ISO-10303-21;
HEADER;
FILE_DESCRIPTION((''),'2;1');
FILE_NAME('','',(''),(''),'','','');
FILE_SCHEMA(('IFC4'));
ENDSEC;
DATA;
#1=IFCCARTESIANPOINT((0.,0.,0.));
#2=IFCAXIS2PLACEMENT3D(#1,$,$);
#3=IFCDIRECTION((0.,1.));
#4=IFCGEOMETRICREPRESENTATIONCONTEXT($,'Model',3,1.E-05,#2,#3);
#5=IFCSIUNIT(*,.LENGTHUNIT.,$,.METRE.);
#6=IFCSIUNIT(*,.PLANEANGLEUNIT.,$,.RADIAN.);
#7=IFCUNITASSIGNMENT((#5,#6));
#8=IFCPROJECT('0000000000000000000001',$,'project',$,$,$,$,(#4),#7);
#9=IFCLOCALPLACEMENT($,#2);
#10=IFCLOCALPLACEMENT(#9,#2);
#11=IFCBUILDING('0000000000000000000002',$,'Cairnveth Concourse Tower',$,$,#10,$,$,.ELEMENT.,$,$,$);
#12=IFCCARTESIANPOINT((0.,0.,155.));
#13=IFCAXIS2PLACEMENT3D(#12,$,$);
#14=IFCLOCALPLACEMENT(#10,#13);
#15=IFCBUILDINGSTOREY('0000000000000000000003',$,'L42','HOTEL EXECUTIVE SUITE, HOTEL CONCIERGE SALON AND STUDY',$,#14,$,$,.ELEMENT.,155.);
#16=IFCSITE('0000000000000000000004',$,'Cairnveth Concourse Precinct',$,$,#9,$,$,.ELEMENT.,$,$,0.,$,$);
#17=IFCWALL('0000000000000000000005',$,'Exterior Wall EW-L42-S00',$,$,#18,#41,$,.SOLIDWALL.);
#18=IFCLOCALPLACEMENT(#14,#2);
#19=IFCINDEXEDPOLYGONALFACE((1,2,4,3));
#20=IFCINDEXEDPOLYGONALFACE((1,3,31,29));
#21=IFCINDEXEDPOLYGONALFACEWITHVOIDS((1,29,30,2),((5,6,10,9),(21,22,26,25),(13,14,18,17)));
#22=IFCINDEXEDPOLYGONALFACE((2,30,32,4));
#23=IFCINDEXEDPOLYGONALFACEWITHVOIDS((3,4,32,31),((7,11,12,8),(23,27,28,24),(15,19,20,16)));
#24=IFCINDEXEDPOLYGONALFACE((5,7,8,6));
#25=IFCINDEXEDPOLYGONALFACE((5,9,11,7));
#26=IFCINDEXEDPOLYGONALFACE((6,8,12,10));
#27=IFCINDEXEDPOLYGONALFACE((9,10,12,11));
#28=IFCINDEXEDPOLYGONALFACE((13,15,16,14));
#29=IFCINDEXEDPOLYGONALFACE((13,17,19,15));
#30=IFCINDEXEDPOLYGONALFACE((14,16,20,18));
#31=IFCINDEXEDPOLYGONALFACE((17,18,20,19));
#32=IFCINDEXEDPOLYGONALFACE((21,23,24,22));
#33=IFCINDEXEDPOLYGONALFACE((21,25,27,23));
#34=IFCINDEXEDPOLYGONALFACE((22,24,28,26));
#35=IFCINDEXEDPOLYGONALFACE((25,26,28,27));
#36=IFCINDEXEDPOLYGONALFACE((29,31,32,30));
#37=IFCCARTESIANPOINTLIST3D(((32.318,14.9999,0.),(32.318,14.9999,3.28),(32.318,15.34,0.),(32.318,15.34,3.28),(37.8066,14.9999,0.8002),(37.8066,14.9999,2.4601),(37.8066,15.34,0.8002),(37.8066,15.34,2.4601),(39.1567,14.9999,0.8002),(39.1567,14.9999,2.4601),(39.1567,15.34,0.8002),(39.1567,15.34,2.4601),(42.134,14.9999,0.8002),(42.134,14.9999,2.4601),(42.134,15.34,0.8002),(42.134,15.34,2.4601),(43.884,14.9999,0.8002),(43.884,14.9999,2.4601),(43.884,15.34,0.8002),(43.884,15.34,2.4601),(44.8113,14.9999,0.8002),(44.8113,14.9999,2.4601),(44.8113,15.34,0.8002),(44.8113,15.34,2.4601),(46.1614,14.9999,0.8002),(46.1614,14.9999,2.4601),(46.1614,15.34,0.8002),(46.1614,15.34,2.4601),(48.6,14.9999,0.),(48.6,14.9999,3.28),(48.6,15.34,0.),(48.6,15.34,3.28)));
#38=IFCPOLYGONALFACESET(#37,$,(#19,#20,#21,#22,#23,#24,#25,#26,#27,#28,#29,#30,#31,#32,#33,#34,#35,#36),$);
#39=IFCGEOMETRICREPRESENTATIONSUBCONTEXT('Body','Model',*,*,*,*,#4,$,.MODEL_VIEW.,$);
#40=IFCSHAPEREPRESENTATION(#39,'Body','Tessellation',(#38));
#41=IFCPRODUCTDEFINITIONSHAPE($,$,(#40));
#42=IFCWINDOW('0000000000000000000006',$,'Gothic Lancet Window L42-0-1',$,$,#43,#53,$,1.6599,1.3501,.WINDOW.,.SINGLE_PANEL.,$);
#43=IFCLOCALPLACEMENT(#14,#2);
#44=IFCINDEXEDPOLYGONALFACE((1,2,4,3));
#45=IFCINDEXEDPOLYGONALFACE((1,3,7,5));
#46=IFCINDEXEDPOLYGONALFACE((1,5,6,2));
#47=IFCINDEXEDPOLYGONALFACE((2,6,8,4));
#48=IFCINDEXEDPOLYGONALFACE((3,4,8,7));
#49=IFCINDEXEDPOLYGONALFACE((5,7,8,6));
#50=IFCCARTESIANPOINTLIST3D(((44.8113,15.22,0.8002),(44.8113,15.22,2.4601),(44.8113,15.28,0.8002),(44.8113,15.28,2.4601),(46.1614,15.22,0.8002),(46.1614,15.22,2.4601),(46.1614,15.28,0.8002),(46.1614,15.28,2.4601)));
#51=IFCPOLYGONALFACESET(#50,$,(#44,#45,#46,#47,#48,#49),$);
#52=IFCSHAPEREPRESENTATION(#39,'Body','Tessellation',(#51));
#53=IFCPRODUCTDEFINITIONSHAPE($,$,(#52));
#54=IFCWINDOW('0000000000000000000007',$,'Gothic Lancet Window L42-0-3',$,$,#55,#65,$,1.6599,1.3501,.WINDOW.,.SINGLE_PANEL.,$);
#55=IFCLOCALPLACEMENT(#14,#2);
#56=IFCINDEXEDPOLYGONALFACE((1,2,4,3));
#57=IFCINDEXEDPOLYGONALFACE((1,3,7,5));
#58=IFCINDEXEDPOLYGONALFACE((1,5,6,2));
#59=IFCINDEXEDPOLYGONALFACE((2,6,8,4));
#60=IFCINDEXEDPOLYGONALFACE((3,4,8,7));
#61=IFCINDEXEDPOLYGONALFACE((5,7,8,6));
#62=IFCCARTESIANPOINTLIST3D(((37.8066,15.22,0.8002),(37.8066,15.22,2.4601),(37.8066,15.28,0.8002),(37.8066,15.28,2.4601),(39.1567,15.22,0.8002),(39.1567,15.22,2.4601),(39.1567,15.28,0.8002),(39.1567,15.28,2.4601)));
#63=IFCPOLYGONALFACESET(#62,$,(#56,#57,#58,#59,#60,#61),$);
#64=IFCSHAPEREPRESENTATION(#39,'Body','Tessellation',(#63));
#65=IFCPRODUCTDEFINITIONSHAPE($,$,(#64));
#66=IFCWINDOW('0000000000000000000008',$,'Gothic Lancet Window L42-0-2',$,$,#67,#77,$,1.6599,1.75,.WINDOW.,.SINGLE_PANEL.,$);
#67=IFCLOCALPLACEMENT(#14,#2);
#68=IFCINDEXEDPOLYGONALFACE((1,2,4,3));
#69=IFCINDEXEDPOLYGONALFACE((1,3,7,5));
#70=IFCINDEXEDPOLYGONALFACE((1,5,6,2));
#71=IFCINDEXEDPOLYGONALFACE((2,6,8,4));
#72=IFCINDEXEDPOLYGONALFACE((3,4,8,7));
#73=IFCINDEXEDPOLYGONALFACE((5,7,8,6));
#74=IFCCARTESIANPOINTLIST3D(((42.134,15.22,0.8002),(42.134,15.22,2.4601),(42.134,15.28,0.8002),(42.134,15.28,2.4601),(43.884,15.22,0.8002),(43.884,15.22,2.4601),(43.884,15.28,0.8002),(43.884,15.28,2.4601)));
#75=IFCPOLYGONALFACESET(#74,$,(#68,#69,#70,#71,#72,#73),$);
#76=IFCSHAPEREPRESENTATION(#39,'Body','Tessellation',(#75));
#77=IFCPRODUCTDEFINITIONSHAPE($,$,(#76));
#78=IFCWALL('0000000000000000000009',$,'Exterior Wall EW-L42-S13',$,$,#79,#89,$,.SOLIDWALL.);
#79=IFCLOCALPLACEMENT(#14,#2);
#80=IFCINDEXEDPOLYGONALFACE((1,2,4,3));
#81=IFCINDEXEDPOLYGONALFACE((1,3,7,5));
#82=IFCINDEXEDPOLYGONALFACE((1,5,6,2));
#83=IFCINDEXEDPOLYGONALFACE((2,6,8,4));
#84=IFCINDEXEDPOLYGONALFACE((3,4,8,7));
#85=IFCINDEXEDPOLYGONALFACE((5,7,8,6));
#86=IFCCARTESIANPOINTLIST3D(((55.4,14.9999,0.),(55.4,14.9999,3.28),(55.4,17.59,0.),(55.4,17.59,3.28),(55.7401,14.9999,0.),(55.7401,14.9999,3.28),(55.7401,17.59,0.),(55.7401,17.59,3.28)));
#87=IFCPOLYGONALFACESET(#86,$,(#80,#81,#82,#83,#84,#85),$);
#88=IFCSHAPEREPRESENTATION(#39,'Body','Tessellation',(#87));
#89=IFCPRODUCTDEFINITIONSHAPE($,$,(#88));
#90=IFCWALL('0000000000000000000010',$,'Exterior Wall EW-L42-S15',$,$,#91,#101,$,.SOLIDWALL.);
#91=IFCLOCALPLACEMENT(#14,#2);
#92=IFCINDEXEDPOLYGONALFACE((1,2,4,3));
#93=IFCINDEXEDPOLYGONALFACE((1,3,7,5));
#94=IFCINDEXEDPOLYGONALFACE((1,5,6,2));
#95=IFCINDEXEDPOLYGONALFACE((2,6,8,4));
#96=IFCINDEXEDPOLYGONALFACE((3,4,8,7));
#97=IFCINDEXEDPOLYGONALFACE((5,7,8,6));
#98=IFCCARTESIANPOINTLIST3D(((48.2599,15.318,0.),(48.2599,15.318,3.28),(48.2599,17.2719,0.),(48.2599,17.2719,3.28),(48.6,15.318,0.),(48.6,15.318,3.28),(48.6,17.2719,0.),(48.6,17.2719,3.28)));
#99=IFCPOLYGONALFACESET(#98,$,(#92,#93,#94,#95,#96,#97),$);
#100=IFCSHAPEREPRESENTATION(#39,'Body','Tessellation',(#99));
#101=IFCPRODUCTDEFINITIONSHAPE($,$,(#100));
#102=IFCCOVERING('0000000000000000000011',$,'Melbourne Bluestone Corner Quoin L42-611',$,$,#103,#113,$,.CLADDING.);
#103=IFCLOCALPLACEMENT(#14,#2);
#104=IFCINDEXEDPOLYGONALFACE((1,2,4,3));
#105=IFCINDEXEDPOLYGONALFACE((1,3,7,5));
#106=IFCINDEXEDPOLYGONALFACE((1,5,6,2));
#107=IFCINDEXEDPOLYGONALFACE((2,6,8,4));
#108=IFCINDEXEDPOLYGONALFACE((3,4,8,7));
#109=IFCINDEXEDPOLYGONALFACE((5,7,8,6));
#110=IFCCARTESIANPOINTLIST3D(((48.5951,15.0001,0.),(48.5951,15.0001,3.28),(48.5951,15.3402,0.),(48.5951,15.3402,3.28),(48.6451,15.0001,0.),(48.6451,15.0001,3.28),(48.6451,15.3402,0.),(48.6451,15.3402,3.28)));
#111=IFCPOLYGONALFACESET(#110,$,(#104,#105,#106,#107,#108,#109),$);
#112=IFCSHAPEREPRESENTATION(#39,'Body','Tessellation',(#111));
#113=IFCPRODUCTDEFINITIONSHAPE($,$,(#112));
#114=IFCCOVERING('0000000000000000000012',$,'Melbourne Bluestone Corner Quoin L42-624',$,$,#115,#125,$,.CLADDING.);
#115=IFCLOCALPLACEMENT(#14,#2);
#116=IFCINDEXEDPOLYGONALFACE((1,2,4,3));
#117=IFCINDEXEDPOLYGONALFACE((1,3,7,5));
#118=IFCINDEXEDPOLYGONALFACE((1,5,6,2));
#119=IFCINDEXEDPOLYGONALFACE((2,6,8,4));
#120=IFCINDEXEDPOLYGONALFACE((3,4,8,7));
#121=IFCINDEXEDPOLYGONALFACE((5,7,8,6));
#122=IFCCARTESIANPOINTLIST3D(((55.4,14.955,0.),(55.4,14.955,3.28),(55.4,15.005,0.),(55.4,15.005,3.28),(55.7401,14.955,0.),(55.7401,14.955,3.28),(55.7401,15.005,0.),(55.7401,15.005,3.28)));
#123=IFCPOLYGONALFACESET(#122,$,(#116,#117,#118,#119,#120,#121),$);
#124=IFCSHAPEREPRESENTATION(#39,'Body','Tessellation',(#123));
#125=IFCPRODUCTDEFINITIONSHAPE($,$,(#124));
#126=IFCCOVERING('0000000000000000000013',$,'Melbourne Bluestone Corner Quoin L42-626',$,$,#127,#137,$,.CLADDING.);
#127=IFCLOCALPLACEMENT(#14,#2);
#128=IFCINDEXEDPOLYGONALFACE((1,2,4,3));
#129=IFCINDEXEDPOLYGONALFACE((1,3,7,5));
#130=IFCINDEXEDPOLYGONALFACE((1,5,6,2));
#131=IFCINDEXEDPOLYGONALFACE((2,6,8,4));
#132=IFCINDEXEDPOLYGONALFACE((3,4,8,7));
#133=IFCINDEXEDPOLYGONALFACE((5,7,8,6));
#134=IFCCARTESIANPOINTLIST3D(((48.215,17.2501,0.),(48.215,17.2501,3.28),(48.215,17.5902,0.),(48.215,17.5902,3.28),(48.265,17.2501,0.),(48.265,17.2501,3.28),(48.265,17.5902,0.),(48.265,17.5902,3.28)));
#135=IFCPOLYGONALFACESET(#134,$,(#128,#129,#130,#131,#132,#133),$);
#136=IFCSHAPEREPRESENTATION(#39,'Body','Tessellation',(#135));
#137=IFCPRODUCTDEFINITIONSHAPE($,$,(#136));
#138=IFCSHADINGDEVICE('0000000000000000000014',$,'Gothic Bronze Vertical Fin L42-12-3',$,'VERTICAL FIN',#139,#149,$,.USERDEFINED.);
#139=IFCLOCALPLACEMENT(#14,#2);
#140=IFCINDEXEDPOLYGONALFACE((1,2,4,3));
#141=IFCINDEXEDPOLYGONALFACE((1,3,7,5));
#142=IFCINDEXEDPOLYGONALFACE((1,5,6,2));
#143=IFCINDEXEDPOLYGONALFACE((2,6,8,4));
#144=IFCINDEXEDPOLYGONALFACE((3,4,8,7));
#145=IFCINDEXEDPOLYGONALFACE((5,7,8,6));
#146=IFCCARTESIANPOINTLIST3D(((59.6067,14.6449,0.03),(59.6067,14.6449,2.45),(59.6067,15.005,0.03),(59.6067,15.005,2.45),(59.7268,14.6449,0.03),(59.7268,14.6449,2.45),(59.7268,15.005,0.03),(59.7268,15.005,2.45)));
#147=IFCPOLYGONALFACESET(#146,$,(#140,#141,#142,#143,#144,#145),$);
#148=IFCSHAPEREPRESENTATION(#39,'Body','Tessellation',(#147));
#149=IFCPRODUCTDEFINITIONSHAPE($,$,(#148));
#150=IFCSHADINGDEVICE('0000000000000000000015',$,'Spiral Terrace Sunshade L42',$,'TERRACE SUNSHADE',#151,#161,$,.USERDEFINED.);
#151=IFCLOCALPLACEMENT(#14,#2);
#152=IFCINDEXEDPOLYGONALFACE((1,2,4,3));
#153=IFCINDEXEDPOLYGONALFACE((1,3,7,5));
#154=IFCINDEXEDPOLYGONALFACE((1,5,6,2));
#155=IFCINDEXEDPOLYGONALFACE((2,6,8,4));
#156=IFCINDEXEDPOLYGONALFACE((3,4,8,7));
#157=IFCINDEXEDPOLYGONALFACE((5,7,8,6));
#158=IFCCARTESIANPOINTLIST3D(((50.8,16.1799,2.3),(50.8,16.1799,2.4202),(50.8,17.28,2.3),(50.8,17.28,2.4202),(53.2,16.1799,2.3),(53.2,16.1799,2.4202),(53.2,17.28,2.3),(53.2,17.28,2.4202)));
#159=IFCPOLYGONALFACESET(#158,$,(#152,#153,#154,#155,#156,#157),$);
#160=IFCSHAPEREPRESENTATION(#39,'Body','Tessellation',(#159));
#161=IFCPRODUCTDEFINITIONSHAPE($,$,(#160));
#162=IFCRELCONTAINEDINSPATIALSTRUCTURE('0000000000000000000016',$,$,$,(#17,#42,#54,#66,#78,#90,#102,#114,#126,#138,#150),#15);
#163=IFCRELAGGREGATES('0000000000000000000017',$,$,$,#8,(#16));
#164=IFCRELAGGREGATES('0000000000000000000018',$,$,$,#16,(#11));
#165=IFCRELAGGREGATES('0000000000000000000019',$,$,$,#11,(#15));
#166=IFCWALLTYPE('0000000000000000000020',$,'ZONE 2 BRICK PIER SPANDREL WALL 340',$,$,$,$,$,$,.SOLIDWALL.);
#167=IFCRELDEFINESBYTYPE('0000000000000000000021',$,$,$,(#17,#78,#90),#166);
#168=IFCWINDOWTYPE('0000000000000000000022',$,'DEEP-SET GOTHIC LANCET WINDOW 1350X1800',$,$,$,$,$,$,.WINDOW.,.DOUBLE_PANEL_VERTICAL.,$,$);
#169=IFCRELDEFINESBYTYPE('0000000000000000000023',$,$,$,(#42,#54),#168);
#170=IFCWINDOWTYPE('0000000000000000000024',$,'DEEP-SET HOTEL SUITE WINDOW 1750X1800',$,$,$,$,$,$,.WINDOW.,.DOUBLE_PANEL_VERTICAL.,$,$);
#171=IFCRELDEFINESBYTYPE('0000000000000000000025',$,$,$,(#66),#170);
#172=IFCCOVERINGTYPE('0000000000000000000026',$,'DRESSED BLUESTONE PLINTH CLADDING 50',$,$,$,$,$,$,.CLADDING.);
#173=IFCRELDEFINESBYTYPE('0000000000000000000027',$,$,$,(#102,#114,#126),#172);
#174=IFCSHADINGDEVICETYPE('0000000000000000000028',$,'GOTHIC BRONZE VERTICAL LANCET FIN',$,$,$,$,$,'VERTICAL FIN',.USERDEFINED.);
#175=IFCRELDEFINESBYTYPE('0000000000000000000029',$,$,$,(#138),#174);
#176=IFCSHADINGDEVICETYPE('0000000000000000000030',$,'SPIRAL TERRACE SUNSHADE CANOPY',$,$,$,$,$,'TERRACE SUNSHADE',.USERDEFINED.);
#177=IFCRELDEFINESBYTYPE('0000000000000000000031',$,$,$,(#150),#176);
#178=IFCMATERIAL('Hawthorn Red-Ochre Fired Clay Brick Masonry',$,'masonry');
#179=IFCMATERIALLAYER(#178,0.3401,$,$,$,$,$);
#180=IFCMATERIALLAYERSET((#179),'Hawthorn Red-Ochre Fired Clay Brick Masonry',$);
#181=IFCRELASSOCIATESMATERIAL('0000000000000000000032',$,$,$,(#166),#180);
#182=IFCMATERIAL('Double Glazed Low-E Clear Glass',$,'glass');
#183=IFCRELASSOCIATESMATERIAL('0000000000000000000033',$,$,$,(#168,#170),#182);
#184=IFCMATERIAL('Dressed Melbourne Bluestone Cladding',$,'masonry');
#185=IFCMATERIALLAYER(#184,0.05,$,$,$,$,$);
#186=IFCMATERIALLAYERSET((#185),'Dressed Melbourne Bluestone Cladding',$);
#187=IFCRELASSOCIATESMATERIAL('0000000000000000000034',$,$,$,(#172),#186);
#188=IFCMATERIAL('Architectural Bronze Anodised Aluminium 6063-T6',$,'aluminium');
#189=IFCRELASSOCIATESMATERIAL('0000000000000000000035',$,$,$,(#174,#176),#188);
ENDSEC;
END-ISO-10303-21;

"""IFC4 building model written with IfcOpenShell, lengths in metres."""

from ifc_helpers import new_model, si_unit, direction, frame, frame_2d, origin, origin_2d, place, context, subcontext, project, spatial, rectangle, extrude, material, layer, layer_set, type_object, element, fill, save


model = new_model("IFC4")

# Units and contexts
model_context = context("Model", 3, precision=1e-05, world=origin(), true_north=direction((0.0, 1.0)))
body_context = subcontext(model_context, "Body", "Model", "MODEL_VIEW")
ifc_project = project(units=[si_unit("LENGTHUNIT", "METRE"), si_unit("PLANEANGLEUNIT", "RADIAN")], contexts=[model_context])

# Site, building, storey
site_placement = place(None, origin())
site = spatial("IfcSite", under=ifc_project, at=site_placement, Name="Cairnveth Concourse Precinct", CompositionType="ELEMENT", RefElevation=0.0)
building_placement = place(site_placement, origin())
building = spatial("IfcBuilding", under=site, at=building_placement, Name="Cairnveth Concourse Tower", CompositionType="ELEMENT")
storey_placement = place(building_placement, frame((0.0, 0.0, 155.0)))
storey = spatial("IfcBuildingStorey", under=building, at=storey_placement, Name="L42", Description="HOTEL EXECUTIVE SUITE, HOTEL CONCIERGE SALON AND STUDY", CompositionType="ELEMENT", Elevation=155.0)

# Shared definitions
ifc_material_1 = material(Name="Dressed Melbourne Bluestone Cladding", Category="masonry")

# Wall, openings, windows
ifc_material_2 = material(Name="Hawthorn Red-Ochre Fired Clay Brick Masonry", Category="masonry")
ifc_layer_1 = layer(ifc_material_2, 0.3401)
ifc_layer_set_1 = layer_set([ifc_layer_1], Name="Hawthorn Red-Ochre Fired Clay Brick Masonry")
wall_type_1 = type_object("IfcWallType", Name="ZONE 2 BRICK PIER SPANDREL WALL 340", PredefinedType="SOLIDWALL", material=ifc_layer_set_1)
wall_1_placement = place(storey_placement, frame((48.6001, 15.1699, 0.0), z_axis=(0.0, 0.0, 1.0), x_axis=(-1.0, 0.0, 0.0)))
wall_1 = element("IfcWall", 1, at=wall_1_placement, inside=storey, type_object=wall_type_1, Name="Exterior Wall EW-L42-S00", PredefinedType="SOLIDWALL", context=body_context, shape_type="SweptSolid", body=[
    extrude(rectangle(XDim=16.282, YDim=0.3401, at=frame_2d((8.1411, 0.0))), origin(), (0.0, 0.0, 1.0), 3.28),
])
opening_1_placement = place(wall_1_placement, frame((2.4387, 0.0, 0.8)))
opening_1 = element("IfcOpeningElement", 2, at=opening_1_placement, cuts=wall_1, PredefinedType="OPENING", context=body_context, shape_type="SweptSolid", body=[
    extrude(rectangle(XDim=1.3501, YDim=1.6599, at=frame_2d((0.675, 0.8301))), frame((0.0, 0.1799, 0.0), z_axis=(0.0, -1.0, 0.0), x_axis=(1.0, 0.0, 0.0)), (0.0, 0.0, 1.0), 0.3601),
])
opening_2_placement = place(wall_1_placement, frame((4.7161, 0.0, 0.8)))
opening_2 = element("IfcOpeningElement", 3, at=opening_2_placement, cuts=wall_1, PredefinedType="OPENING", context=body_context, shape_type="SweptSolid", body=[
    extrude(rectangle(XDim=1.75, YDim=1.6599, at=frame_2d((0.875, 0.8301))), frame((0.0, 0.1799, 0.0), z_axis=(0.0, -1.0, 0.0), x_axis=(1.0, 0.0, 0.0)), (0.0, 0.0, 1.0), 0.3601),
])
opening_3_placement = place(wall_1_placement, frame((9.4434, 0.0, 0.8)))
opening_3 = element("IfcOpeningElement", 4, at=opening_3_placement, cuts=wall_1, PredefinedType="OPENING", context=body_context, shape_type="SweptSolid", body=[
    extrude(rectangle(XDim=1.3501, YDim=1.6599, at=frame_2d((0.675, 0.8301))), frame((0.0, 0.1799, 0.0), z_axis=(0.0, -1.0, 0.0), x_axis=(1.0, 0.0, 0.0)), (0.0, 0.0, 1.0), 0.3601),
])
ifc_material_3 = material(Name="Double Glazed Low-E Clear Glass", Category="glass")
window_type_1 = type_object("IfcWindowType", Name="DEEP-SET GOTHIC LANCET WINDOW 1350X1800", PartitioningType="DOUBLE_PANEL_VERTICAL", PredefinedType="WINDOW", material=ifc_material_3)
window_1_placement = place(opening_1_placement, origin())
window_1 = element("IfcWindow", 5, at=window_1_placement, inside=storey, type_object=window_type_1, Name="Gothic Lancet Window L42-0-1", OverallHeight=1.6599, OverallWidth=1.3501, PartitioningType="SINGLE_PANEL", PredefinedType="WINDOW", context=body_context, shape_type="SweptSolid", body=[
    extrude(rectangle(XDim=1.3501, YDim=1.6599, at=frame_2d((0.675, 0.8301))), frame((0.0, -0.05, 0.0), z_axis=(0.0, -1.0, 0.0), x_axis=(1.0, 0.0, 0.0)), (0.0, 0.0, 1.0), 0.0601),
])
fill(opening_1, window_1)
window_2_placement = place(opening_3_placement, origin())
window_2 = element("IfcWindow", 6, at=window_2_placement, inside=storey, type_object=window_type_1, Name="Gothic Lancet Window L42-0-3", OverallHeight=1.6599, OverallWidth=1.3501, PartitioningType="SINGLE_PANEL", PredefinedType="WINDOW", context=body_context, shape_type="SweptSolid", body=[
    extrude(rectangle(XDim=1.3501, YDim=1.6599, at=frame_2d((0.675, 0.8301))), frame((0.0, -0.05, 0.0), z_axis=(0.0, -1.0, 0.0), x_axis=(1.0, 0.0, 0.0)), (0.0, 0.0, 1.0), 0.0601),
])
fill(opening_3, window_2)
window_type_2 = type_object("IfcWindowType", Name="DEEP-SET HOTEL SUITE WINDOW 1750X1800", PartitioningType="DOUBLE_PANEL_VERTICAL", PredefinedType="WINDOW", material=ifc_material_3)
window_3_placement = place(opening_2_placement, origin())
window_3 = element("IfcWindow", 7, at=window_3_placement, inside=storey, type_object=window_type_2, Name="Gothic Lancet Window L42-0-2", OverallHeight=1.6599, OverallWidth=1.75, PartitioningType="SINGLE_PANEL", PredefinedType="WINDOW", context=body_context, shape_type="SweptSolid", body=[
    extrude(rectangle(XDim=1.75, YDim=1.6599, at=frame_2d((0.875, 0.8301))), frame((0.0, -0.05, 0.0), z_axis=(0.0, -1.0, 0.0), x_axis=(1.0, 0.0, 0.0)), (0.0, 0.0, 1.0), 0.0601),
])
fill(opening_2, window_3)

# Wall
wall_2_placement = place(storey_placement, frame((55.5701, 15.0, 0.0), z_axis=(0.0, 0.0, 1.0), x_axis=(0.0, 1.0, 0.0)))
element("IfcWall", 8, at=wall_2_placement, inside=storey, type_object=wall_type_1, Name="Exterior Wall EW-L42-S13", PredefinedType="SOLIDWALL", context=body_context, shape_type="SweptSolid", body=[
    extrude(rectangle(XDim=2.5901, YDim=0.3401, at=frame_2d((1.2949, 0.0))), origin(), (0.0, 0.0, 1.0), 3.28),
])

# Shared definitions
ifc_material_4 = material(Name="Architectural Bronze Anodised Aluminium 6063-T6", Category="aluminium")

# Wall
wall_3_placement = place(storey_placement, frame((48.4299, 17.272, 0.0), z_axis=(0.0, 0.0, 1.0), x_axis=(0.0, -1.0, 0.0)))
element("IfcWall", 9, at=wall_3_placement, inside=storey, type_object=wall_type_1, Name="Exterior Wall EW-L42-S15", PredefinedType="SOLIDWALL", context=body_context, shape_type="SweptSolid", body=[
    extrude(rectangle(XDim=1.9539, YDim=0.3401, at=frame_2d((0.9771, 0.0))), origin(), (0.0, 0.0, 1.0), 3.28),
])

# Coverings
ifc_layer_2 = layer(ifc_material_1, 0.05)
ifc_layer_set_2 = layer_set([ifc_layer_2], Name="Dressed Melbourne Bluestone Cladding")
covering_type = type_object("IfcCoveringType", Name="DRESSED BLUESTONE PLINTH CLADDING 50", PredefinedType="CLADDING", material=ifc_layer_set_2)
for number, where, z_axis, x_axis, name in (
    (10, (48.6201, 15.3401, 0.0), (0.0, 0.0, 1.0), (0.0, -1.0, 0.0), "Melbourne Bluestone Corner Quoin L42-611"),
    (11, (55.74, 14.98, 0.0), (0.0, 0.0, 1.0), (-1.0, 0.0, 0.0), "Melbourne Bluestone Corner Quoin L42-624"),
    (12, (48.24, 17.5901, 0.0), (0.0, 0.0, 1.0), (0.0, -1.0, 0.0), "Melbourne Bluestone Corner Quoin L42-626"),
):
    element("IfcCovering", number, at=place(storey_placement, frame(where, z_axis=z_axis, x_axis=x_axis)), inside=storey, type_object=covering_type, Name=name, PredefinedType="CLADDING", context=body_context, shape_type="SweptSolid", body=[
        extrude(rectangle(XDim=0.3401, YDim=0.05, at=frame_2d((0.1699, 0.0))), origin(), (0.0, 0.0, 1.0), 3.28),
    ])

# Shading devices
shading_device_type_1 = type_object("IfcShadingDeviceType", Name="GOTHIC BRONZE VERTICAL LANCET FIN", ElementType="VERTICAL FIN", PredefinedType="USERDEFINED", material=ifc_material_4)
shading_device_1_placement = place(storey_placement, frame((59.6667, 14.825, 0.03), z_axis=(0.0, 0.0, 1.0), x_axis=(1.0, 0.0, 0.0)))
element("IfcShadingDevice", 13, at=shading_device_1_placement, inside=storey, type_object=shading_device_type_1, Name="Gothic Bronze Vertical Fin L42-12-3", ObjectType="VERTICAL FIN", PredefinedType="USERDEFINED", context=body_context, shape_type="SweptSolid", body=[
    extrude(rectangle(XDim=0.1201, YDim=0.3601, at=origin_2d()), origin(), (0.0, 0.0, 1.0), 2.4199),
])
shading_device_type_2 = type_object("IfcShadingDeviceType", Name="SPIRAL TERRACE SUNSHADE CANOPY", ElementType="TERRACE SUNSHADE", PredefinedType="USERDEFINED", material=ifc_material_4)
shading_device_2_placement = place(storey_placement, frame((52.0, 16.73, 2.3), z_axis=(0.0, 0.0, 1.0), x_axis=(1.0, 0.0, 0.0)))
element("IfcShadingDevice", 14, at=shading_device_2_placement, inside=storey, type_object=shading_device_type_2, Name="Spiral Terrace Sunshade L42", ObjectType="TERRACE SUNSHADE", PredefinedType="USERDEFINED", context=body_context, shape_type="SweptSolid", body=[
    extrude(rectangle(XDim=2.3999, YDim=1.1001, at=origin_2d()), origin(), (0.0, 0.0, 1.0), 0.1201),
])

save(model, "model.ifc")
